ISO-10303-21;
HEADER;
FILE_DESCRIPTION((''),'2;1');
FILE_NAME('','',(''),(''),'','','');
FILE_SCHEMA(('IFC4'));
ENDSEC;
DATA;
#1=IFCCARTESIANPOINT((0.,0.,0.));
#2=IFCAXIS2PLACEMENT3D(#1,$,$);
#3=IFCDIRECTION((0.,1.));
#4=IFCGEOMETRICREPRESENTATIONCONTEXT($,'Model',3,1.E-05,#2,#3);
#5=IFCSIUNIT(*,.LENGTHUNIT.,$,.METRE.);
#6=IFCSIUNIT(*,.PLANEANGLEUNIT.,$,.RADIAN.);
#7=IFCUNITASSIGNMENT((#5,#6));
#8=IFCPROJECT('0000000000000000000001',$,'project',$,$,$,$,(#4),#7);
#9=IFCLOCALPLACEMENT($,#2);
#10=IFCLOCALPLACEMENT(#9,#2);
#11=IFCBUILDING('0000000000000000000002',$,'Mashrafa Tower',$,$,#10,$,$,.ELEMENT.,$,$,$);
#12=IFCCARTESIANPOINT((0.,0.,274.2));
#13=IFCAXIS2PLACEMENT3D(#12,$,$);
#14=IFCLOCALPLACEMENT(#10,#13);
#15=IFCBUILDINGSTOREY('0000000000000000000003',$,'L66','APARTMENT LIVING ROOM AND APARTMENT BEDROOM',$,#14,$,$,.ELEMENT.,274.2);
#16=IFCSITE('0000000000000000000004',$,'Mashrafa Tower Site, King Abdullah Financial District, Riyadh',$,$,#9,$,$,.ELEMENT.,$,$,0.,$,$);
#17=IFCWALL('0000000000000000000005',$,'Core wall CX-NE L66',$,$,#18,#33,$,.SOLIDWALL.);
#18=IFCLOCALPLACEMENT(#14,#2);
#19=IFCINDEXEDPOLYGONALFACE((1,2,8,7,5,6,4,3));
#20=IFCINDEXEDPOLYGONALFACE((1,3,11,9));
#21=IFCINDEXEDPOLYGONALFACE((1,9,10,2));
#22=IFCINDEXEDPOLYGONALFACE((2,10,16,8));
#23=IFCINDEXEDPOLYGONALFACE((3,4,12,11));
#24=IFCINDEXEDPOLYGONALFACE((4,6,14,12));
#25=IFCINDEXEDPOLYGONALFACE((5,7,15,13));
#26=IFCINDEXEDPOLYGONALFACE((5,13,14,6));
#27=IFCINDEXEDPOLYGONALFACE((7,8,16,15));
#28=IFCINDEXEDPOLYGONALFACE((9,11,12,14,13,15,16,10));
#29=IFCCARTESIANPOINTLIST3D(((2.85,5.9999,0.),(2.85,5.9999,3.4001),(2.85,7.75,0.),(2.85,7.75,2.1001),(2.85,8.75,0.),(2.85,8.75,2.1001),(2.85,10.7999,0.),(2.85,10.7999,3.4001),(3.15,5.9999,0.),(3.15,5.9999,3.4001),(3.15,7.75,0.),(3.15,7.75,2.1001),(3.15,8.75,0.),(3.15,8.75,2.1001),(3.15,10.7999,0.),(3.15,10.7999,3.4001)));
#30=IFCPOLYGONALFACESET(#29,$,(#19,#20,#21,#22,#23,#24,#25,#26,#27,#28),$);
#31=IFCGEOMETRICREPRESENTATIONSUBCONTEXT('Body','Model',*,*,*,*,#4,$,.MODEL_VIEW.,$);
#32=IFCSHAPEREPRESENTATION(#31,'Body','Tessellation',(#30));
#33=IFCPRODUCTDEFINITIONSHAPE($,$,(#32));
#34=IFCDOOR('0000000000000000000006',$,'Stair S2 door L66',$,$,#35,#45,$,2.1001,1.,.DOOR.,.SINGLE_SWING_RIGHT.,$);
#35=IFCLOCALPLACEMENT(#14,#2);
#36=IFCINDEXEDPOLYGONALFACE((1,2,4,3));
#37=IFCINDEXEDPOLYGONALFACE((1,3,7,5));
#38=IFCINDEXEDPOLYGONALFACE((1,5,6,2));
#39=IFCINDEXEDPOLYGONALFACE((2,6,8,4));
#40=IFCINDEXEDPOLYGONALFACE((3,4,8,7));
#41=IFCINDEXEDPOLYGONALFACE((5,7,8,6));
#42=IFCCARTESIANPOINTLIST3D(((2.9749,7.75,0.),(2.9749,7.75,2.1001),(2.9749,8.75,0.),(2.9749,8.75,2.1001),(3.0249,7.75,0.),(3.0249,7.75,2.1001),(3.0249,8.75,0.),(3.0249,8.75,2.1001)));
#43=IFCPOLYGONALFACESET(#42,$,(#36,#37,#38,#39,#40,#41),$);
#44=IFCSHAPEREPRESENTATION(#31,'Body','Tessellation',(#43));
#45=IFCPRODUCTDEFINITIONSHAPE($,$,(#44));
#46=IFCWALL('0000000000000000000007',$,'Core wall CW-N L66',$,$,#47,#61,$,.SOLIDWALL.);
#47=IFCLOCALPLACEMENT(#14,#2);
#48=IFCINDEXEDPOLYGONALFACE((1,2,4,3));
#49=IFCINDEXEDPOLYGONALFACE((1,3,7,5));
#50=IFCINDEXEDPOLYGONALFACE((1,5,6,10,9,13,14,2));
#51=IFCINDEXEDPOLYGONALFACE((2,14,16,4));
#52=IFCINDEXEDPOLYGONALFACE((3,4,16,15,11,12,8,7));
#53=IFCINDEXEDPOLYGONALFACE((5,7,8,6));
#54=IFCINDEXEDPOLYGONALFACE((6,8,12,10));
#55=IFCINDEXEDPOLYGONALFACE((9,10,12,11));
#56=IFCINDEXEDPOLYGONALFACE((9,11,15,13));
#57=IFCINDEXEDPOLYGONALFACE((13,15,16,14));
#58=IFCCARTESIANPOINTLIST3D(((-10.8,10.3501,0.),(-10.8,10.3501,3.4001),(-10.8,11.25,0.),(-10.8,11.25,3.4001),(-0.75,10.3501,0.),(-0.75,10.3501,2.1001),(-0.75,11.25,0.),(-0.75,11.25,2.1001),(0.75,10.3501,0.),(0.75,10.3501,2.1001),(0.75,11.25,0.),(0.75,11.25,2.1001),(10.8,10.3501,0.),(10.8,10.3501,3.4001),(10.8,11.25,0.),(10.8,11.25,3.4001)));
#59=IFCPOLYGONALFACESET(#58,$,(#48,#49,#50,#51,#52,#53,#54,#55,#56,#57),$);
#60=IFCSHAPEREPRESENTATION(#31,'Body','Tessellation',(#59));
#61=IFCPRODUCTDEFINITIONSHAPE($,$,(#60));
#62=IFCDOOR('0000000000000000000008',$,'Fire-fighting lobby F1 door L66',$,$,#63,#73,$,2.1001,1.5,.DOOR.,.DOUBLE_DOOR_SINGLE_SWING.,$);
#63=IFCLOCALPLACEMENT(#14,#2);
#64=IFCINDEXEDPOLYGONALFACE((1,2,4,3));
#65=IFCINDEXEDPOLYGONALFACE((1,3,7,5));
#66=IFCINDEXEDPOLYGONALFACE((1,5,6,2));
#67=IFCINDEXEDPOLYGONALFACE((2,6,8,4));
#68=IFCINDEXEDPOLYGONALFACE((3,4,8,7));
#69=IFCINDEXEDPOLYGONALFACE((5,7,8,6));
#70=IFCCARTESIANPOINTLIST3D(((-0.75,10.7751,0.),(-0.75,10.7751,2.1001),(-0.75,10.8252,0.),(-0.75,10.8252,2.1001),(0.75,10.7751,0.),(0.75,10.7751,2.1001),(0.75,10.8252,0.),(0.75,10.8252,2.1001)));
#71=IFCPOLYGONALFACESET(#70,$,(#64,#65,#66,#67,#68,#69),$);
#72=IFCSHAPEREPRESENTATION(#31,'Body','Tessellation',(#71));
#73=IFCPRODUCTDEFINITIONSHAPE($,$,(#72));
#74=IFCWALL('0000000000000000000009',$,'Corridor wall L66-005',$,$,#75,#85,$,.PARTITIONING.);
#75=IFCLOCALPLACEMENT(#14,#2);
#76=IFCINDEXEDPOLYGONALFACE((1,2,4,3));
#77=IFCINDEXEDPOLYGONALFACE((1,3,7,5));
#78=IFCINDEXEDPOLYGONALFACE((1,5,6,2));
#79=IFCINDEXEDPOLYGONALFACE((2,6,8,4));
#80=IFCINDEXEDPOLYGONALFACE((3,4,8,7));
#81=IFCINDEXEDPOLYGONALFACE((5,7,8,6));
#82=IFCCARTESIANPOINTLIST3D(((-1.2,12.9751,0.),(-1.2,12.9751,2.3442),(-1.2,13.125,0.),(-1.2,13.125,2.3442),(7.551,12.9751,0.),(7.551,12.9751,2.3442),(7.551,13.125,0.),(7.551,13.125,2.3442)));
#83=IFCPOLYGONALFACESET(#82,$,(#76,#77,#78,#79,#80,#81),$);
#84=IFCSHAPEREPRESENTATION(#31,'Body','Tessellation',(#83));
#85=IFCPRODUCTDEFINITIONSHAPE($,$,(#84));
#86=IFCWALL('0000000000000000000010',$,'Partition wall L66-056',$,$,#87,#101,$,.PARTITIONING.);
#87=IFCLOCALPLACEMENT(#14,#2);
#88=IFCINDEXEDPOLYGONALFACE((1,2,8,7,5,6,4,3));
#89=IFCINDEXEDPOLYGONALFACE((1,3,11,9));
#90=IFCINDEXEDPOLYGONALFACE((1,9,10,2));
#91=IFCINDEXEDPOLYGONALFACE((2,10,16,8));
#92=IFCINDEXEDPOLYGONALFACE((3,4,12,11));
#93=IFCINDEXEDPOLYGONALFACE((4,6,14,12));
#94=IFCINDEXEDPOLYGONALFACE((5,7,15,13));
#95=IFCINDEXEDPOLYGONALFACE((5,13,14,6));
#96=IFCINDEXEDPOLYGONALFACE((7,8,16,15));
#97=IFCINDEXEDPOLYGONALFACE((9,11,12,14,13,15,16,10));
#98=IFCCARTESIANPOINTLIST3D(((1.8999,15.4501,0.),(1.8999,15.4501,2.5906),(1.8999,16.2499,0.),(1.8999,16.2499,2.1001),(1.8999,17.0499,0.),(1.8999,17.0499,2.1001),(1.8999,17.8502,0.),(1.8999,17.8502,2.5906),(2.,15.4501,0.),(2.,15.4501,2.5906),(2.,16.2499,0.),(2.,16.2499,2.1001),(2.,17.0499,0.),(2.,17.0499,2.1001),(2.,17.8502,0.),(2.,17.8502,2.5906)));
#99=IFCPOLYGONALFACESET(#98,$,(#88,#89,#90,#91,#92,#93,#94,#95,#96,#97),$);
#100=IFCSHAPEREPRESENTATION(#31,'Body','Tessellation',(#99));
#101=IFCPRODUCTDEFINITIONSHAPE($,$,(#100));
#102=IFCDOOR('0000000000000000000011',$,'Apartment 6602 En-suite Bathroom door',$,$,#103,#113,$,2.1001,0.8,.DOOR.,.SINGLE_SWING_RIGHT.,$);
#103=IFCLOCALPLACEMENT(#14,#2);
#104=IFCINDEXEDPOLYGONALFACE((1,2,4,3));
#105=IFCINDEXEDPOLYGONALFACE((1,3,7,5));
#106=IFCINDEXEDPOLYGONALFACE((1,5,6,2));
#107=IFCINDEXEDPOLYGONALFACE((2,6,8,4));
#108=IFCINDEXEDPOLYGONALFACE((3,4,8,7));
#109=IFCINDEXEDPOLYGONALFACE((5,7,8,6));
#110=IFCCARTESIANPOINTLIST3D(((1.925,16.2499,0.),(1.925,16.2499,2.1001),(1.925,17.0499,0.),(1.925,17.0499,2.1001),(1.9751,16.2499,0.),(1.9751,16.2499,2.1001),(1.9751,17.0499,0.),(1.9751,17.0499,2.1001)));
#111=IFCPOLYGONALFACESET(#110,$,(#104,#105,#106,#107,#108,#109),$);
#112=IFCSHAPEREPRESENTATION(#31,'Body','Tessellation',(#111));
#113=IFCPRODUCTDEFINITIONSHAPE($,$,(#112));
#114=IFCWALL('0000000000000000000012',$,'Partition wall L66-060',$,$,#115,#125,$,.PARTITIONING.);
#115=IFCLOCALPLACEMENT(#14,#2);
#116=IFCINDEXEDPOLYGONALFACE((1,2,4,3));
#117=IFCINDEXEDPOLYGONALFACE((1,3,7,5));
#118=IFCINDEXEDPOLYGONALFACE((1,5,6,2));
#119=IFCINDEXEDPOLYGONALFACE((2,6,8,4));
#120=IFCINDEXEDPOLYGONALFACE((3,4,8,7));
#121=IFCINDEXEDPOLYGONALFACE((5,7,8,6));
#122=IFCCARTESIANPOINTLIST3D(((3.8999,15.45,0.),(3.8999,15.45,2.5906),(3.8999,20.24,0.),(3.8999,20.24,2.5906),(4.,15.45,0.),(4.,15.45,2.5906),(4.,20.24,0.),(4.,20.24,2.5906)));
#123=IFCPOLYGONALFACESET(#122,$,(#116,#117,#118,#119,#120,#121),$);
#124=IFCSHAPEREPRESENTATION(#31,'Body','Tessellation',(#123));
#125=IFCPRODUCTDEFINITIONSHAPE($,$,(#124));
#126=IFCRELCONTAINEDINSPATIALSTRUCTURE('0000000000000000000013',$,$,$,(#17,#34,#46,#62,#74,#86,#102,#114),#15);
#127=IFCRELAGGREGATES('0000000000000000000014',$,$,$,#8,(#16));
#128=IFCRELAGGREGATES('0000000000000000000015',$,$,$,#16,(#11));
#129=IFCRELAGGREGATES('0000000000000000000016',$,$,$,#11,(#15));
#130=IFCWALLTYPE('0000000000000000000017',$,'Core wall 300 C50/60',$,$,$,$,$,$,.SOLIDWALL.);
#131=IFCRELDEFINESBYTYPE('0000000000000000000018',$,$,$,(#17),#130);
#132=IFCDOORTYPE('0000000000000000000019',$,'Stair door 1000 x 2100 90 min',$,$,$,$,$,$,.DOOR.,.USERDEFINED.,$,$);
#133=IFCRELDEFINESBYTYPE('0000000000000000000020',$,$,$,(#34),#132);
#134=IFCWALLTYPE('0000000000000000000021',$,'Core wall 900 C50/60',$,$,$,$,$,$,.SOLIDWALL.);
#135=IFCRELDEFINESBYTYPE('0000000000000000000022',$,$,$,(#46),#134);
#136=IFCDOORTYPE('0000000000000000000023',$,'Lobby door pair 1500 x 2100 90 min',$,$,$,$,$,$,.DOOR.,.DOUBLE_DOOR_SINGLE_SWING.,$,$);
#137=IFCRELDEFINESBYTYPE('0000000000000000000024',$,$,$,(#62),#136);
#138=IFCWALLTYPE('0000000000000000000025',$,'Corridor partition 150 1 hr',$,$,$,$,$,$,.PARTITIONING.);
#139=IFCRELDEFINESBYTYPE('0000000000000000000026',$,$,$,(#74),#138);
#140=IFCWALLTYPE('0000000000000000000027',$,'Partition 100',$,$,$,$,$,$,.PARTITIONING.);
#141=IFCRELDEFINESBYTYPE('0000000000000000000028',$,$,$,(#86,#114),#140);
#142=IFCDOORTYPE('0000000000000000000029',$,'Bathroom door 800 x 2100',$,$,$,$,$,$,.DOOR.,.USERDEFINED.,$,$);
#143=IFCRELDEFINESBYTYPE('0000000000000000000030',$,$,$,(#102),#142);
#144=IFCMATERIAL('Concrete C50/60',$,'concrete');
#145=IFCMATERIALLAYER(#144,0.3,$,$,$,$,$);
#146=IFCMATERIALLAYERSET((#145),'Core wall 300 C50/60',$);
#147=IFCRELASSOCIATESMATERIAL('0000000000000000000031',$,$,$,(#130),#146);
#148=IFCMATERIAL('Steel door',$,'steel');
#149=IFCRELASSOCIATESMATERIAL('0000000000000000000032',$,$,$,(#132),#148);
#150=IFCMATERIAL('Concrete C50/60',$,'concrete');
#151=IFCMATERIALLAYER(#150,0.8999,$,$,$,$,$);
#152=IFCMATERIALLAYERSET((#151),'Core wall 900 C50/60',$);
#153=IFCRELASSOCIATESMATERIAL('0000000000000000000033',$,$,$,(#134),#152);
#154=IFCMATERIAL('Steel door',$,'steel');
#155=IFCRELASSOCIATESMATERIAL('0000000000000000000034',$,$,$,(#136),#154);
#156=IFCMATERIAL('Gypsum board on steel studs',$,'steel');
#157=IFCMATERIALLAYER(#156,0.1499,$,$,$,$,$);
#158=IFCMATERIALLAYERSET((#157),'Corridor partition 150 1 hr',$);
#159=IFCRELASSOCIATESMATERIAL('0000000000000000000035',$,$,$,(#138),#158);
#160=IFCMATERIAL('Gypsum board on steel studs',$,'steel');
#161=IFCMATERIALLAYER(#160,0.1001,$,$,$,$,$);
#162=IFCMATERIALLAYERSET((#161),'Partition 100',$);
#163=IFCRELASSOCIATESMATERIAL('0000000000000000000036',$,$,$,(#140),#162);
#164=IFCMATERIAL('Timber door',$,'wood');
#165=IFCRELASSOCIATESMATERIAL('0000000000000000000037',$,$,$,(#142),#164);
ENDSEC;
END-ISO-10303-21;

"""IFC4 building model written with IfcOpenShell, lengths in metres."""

from ifc_helpers import new_model, si_unit, direction, frame, frame_2d, origin, place, context, subcontext, project, spatial, rectangle, extrude, material, layer, layer_set, type_object, element, fill, save


model = new_model("IFC4")

# Units and contexts
model_context = context("Model", 3, precision=1e-05, world=origin(), true_north=direction((0.0, 1.0)))
body_context = subcontext(model_context, "Body", "Model", "MODEL_VIEW")
ifc_project = project(units=[si_unit("LENGTHUNIT", "METRE"), si_unit("PLANEANGLEUNIT", "RADIAN")], contexts=[model_context])

# Site, building, storey
site_placement = place(None, origin())
site = spatial("IfcSite", under=ifc_project, at=site_placement, Name="Mashrafa Tower Site, King Abdullah Financial District, Riyadh", CompositionType="ELEMENT", RefElevation=0.0)
building_placement = place(site_placement, origin())
building = spatial("IfcBuilding", under=site, at=building_placement, Name="Mashrafa Tower", CompositionType="ELEMENT")
storey_placement = place(building_placement, frame((0.0, 0.0, 274.2)))
storey = spatial("IfcBuildingStorey", under=building, at=storey_placement, Name="L66", Description="APARTMENT LIVING ROOM AND APARTMENT BEDROOM", CompositionType="ELEMENT", Elevation=274.2)

# Walls, openings, doors
ifc_material_1 = material(Name="Concrete C50/60", Category="concrete")
ifc_layer_1 = layer(ifc_material_1, 0.3)
ifc_layer_set_1 = layer_set([ifc_layer_1], Name="Core wall 300 C50/60")
wall_type_1 = type_object("IfcWallType", Name="Core wall 300 C50/60", PredefinedType="SOLIDWALL", material=ifc_layer_set_1)
wall_1_placement = place(storey_placement, frame((3.0, 6.0, 0.0), z_axis=(0.0, 0.0, 1.0), x_axis=(0.0, 1.0, 0.0)))
wall_1 = element("IfcWall", 1, at=wall_1_placement, inside=storey, type_object=wall_type_1, Name="Core wall CX-NE L66", PredefinedType="SOLIDWALL", context=body_context, shape_type="SweptSolid", body=[
    extrude(rectangle(XDim=4.8, YDim=0.3, at=frame_2d((2.3999, 0.0))), origin(), (0.0, 0.0, 1.0), 3.4001),
])
opening_1_placement = place(wall_1_placement, frame((1.75, 0.0, 0.0)))
opening_1 = element("IfcOpeningElement", 2, at=opening_1_placement, cuts=wall_1, PredefinedType="OPENING", context=body_context, shape_type="SweptSolid", body=[
    extrude(rectangle(XDim=1.0, YDim=2.1001, at=frame_2d((0.5, 1.05))), frame((0.0, 0.1599, 0.0), z_axis=(0.0, -1.0, 0.0), x_axis=(1.0, 0.0, 0.0)), (0.0, 0.0, 1.0), 0.3201),
])
ifc_material_2 = material(Name="Steel door", Category="steel")
door_type_1 = type_object("IfcDoorType", Name="Stair door 1000 x 2100 90 min", OperationType="USERDEFINED", PredefinedType="DOOR", material=ifc_material_2)
door_1_placement = place(opening_1_placement, frame((1.0, 0.0, 0.0), z_axis=(0.0, 0.0, 1.0), x_axis=(-1.0, 0.0, 0.0)))
door_1 = element("IfcDoor", 3, at=door_1_placement, inside=storey, type_object=door_type_1, Name="Stair S2 door L66", OperationType="SINGLE_SWING_RIGHT", OverallHeight=2.1001, OverallWidth=1.0, PredefinedType="DOOR", context=body_context, shape_type="SweptSolid", body=[
    extrude(rectangle(XDim=1.0, YDim=2.1001, at=frame_2d((0.5, 1.05))), frame((0.0, 0.0249, 0.0), z_axis=(0.0, -1.0, 0.0), x_axis=(1.0, 0.0, 0.0)), (0.0, 0.0, 1.0), 0.05),
])
fill(opening_1, door_1)
ifc_material_3 = material(Name="Concrete C50/60", Category="concrete")
ifc_layer_2 = layer(ifc_material_3, 0.8999)
ifc_layer_set_2 = layer_set([ifc_layer_2], Name="Core wall 900 C50/60")
wall_type_2 = type_object("IfcWallType", Name="Core wall 900 C50/60", PredefinedType="SOLIDWALL", material=ifc_layer_set_2)
wall_2_placement = place(storey_placement, frame((10.8, 10.8, 0.0), z_axis=(0.0, 0.0, 1.0), x_axis=(-1.0, 0.0, 0.0)))
wall_2 = element("IfcWall", 4, at=wall_2_placement, inside=storey, type_object=wall_type_2, Name="Core wall CW-N L66", PredefinedType="SOLIDWALL", context=body_context, shape_type="SweptSolid", body=[
    extrude(rectangle(XDim=21.6001, YDim=0.8999, at=frame_2d((10.8, 0.0))), origin(), (0.0, 0.0, 1.0), 3.4001),
])
opening_2_placement = place(wall_2_placement, frame((10.05, 0.0, 0.0)))
opening_2 = element("IfcOpeningElement", 5, at=opening_2_placement, cuts=wall_2, PredefinedType="OPENING", context=body_context, shape_type="SweptSolid", body=[
    extrude(rectangle(XDim=1.5, YDim=2.1001, at=frame_2d((0.75, 1.05))), frame((0.0, 0.46, 0.0), z_axis=(0.0, -1.0, 0.0), x_axis=(1.0, 0.0, 0.0)), (0.0, 0.0, 1.0), 0.9199),
])
ifc_material_4 = material(Name="Steel door", Category="steel")
door_type_2 = type_object("IfcDoorType", Name="Lobby door pair 1500 x 2100 90 min", OperationType="DOUBLE_DOOR_SINGLE_SWING", PredefinedType="DOOR", material=ifc_material_4)
door_2_placement = place(opening_2_placement, origin())
door_2 = element("IfcDoor", 6, at=door_2_placement, inside=storey, type_object=door_type_2, Name="Fire-fighting lobby F1 door L66", OperationType="DOUBLE_DOOR_SINGLE_SWING", OverallHeight=2.1001, OverallWidth=1.5, PredefinedType="DOOR", context=body_context, shape_type="SweptSolid", body=[
    extrude(rectangle(XDim=1.5, YDim=2.1001, at=frame_2d((0.75, 1.05))), frame((0.0, 0.0249, 0.0), z_axis=(0.0, -1.0, 0.0), x_axis=(1.0, 0.0, 0.0)), (0.0, 0.0, 1.0), 0.05),
])
fill(opening_2, door_2)

# Wall
ifc_material_5 = material(Name="Gypsum board on steel studs", Category="steel")
ifc_layer_3 = layer(ifc_material_5, 0.1499)
ifc_layer_set_3 = layer_set([ifc_layer_3], Name="Corridor partition 150 1 hr")
wall_type_3 = type_object("IfcWallType", Name="Corridor partition 150 1 hr", PredefinedType="PARTITIONING", material=ifc_layer_set_3)
wall_3_placement = place(storey_placement, frame((7.551, 13.05, 0.0), z_axis=(0.0, 0.0, 1.0), x_axis=(-1.0, 0.0, 0.0)))
element("IfcWall", 7, at=wall_3_placement, inside=storey, type_object=wall_type_3, Name="Corridor wall L66-005", PredefinedType="PARTITIONING", context=body_context, shape_type="SweptSolid", body=[
    extrude(rectangle(XDim=8.751, YDim=0.1499, at=frame_2d((4.3755, 0.0))), origin(), (0.0, 0.0, 1.0), 2.3442),
])

# Wall, opening, door
ifc_material_6 = material(Name="Gypsum board on steel studs", Category="steel")
ifc_layer_4 = layer(ifc_material_6, 0.1001)
ifc_layer_set_4 = layer_set([ifc_layer_4], Name="Partition 100")
wall_type_4 = type_object("IfcWallType", Name="Partition 100", PredefinedType="PARTITIONING", material=ifc_layer_set_4)
wall_4_placement = place(storey_placement, frame((1.95, 15.45, 0.0), z_axis=(0.0, 0.0, 1.0), x_axis=(0.0, 1.0, 0.0)))
wall_4 = element("IfcWall", 8, at=wall_4_placement, inside=storey, type_object=wall_type_4, Name="Partition wall L66-056", PredefinedType="PARTITIONING", context=body_context, shape_type="SweptSolid", body=[
    extrude(rectangle(XDim=2.4001, YDim=0.1001, at=frame_2d((1.2002, 0.0))), origin(), (0.0, 0.0, 1.0), 2.5906),
])
opening_3_placement = place(wall_4_placement, frame((0.8, 0.0, 0.0)))
opening_3 = element("IfcOpeningElement", 9, at=opening_3_placement, cuts=wall_4, PredefinedType="OPENING", context=body_context, shape_type="SweptSolid", body=[
    extrude(rectangle(XDim=0.8, YDim=2.1001, at=frame_2d((0.3999, 1.05))), frame((0.0, 0.0601, 0.0), z_axis=(0.0, -1.0, 0.0), x_axis=(1.0, 0.0, 0.0)), (0.0, 0.0, 1.0), 0.1201),
])
ifc_material_7 = material(Name="Timber door", Category="wood")
door_type_3 = type_object("IfcDoorType", Name="Bathroom door 800 x 2100", OperationType="USERDEFINED", PredefinedType="DOOR", material=ifc_material_7)
door_3_placement = place(opening_3_placement, origin())
door_3 = element("IfcDoor", 10, at=door_3_placement, inside=storey, type_object=door_type_3, Name="Apartment 6602 En-suite Bathroom door", OperationType="SINGLE_SWING_RIGHT", OverallHeight=2.1001, OverallWidth=0.8, PredefinedType="DOOR", context=body_context, shape_type="SweptSolid", body=[
    extrude(rectangle(XDim=0.8, YDim=2.1001, at=frame_2d((0.3999, 1.05))), frame((0.0, 0.0249, 0.0), z_axis=(0.0, -1.0, 0.0), x_axis=(1.0, 0.0, 0.0)), (0.0, 0.0, 1.0), 0.05),
])
fill(opening_3, door_3)

# Wall
wall_5_placement = place(storey_placement, frame((3.95, 15.45, 0.0), z_axis=(0.0, 0.0, 1.0), x_axis=(0.0, 1.0, 0.0)))
element("IfcWall", 11, at=wall_5_placement, inside=storey, type_object=wall_type_4, Name="Partition wall L66-060", PredefinedType="PARTITIONING", context=body_context, shape_type="SweptSolid", body=[
    extrude(rectangle(XDim=4.79, YDim=0.1001, at=frame_2d((2.395, 0.0))), origin(), (0.0, 0.0, 1.0), 2.5906),
])

save(model, "model.ifc")
